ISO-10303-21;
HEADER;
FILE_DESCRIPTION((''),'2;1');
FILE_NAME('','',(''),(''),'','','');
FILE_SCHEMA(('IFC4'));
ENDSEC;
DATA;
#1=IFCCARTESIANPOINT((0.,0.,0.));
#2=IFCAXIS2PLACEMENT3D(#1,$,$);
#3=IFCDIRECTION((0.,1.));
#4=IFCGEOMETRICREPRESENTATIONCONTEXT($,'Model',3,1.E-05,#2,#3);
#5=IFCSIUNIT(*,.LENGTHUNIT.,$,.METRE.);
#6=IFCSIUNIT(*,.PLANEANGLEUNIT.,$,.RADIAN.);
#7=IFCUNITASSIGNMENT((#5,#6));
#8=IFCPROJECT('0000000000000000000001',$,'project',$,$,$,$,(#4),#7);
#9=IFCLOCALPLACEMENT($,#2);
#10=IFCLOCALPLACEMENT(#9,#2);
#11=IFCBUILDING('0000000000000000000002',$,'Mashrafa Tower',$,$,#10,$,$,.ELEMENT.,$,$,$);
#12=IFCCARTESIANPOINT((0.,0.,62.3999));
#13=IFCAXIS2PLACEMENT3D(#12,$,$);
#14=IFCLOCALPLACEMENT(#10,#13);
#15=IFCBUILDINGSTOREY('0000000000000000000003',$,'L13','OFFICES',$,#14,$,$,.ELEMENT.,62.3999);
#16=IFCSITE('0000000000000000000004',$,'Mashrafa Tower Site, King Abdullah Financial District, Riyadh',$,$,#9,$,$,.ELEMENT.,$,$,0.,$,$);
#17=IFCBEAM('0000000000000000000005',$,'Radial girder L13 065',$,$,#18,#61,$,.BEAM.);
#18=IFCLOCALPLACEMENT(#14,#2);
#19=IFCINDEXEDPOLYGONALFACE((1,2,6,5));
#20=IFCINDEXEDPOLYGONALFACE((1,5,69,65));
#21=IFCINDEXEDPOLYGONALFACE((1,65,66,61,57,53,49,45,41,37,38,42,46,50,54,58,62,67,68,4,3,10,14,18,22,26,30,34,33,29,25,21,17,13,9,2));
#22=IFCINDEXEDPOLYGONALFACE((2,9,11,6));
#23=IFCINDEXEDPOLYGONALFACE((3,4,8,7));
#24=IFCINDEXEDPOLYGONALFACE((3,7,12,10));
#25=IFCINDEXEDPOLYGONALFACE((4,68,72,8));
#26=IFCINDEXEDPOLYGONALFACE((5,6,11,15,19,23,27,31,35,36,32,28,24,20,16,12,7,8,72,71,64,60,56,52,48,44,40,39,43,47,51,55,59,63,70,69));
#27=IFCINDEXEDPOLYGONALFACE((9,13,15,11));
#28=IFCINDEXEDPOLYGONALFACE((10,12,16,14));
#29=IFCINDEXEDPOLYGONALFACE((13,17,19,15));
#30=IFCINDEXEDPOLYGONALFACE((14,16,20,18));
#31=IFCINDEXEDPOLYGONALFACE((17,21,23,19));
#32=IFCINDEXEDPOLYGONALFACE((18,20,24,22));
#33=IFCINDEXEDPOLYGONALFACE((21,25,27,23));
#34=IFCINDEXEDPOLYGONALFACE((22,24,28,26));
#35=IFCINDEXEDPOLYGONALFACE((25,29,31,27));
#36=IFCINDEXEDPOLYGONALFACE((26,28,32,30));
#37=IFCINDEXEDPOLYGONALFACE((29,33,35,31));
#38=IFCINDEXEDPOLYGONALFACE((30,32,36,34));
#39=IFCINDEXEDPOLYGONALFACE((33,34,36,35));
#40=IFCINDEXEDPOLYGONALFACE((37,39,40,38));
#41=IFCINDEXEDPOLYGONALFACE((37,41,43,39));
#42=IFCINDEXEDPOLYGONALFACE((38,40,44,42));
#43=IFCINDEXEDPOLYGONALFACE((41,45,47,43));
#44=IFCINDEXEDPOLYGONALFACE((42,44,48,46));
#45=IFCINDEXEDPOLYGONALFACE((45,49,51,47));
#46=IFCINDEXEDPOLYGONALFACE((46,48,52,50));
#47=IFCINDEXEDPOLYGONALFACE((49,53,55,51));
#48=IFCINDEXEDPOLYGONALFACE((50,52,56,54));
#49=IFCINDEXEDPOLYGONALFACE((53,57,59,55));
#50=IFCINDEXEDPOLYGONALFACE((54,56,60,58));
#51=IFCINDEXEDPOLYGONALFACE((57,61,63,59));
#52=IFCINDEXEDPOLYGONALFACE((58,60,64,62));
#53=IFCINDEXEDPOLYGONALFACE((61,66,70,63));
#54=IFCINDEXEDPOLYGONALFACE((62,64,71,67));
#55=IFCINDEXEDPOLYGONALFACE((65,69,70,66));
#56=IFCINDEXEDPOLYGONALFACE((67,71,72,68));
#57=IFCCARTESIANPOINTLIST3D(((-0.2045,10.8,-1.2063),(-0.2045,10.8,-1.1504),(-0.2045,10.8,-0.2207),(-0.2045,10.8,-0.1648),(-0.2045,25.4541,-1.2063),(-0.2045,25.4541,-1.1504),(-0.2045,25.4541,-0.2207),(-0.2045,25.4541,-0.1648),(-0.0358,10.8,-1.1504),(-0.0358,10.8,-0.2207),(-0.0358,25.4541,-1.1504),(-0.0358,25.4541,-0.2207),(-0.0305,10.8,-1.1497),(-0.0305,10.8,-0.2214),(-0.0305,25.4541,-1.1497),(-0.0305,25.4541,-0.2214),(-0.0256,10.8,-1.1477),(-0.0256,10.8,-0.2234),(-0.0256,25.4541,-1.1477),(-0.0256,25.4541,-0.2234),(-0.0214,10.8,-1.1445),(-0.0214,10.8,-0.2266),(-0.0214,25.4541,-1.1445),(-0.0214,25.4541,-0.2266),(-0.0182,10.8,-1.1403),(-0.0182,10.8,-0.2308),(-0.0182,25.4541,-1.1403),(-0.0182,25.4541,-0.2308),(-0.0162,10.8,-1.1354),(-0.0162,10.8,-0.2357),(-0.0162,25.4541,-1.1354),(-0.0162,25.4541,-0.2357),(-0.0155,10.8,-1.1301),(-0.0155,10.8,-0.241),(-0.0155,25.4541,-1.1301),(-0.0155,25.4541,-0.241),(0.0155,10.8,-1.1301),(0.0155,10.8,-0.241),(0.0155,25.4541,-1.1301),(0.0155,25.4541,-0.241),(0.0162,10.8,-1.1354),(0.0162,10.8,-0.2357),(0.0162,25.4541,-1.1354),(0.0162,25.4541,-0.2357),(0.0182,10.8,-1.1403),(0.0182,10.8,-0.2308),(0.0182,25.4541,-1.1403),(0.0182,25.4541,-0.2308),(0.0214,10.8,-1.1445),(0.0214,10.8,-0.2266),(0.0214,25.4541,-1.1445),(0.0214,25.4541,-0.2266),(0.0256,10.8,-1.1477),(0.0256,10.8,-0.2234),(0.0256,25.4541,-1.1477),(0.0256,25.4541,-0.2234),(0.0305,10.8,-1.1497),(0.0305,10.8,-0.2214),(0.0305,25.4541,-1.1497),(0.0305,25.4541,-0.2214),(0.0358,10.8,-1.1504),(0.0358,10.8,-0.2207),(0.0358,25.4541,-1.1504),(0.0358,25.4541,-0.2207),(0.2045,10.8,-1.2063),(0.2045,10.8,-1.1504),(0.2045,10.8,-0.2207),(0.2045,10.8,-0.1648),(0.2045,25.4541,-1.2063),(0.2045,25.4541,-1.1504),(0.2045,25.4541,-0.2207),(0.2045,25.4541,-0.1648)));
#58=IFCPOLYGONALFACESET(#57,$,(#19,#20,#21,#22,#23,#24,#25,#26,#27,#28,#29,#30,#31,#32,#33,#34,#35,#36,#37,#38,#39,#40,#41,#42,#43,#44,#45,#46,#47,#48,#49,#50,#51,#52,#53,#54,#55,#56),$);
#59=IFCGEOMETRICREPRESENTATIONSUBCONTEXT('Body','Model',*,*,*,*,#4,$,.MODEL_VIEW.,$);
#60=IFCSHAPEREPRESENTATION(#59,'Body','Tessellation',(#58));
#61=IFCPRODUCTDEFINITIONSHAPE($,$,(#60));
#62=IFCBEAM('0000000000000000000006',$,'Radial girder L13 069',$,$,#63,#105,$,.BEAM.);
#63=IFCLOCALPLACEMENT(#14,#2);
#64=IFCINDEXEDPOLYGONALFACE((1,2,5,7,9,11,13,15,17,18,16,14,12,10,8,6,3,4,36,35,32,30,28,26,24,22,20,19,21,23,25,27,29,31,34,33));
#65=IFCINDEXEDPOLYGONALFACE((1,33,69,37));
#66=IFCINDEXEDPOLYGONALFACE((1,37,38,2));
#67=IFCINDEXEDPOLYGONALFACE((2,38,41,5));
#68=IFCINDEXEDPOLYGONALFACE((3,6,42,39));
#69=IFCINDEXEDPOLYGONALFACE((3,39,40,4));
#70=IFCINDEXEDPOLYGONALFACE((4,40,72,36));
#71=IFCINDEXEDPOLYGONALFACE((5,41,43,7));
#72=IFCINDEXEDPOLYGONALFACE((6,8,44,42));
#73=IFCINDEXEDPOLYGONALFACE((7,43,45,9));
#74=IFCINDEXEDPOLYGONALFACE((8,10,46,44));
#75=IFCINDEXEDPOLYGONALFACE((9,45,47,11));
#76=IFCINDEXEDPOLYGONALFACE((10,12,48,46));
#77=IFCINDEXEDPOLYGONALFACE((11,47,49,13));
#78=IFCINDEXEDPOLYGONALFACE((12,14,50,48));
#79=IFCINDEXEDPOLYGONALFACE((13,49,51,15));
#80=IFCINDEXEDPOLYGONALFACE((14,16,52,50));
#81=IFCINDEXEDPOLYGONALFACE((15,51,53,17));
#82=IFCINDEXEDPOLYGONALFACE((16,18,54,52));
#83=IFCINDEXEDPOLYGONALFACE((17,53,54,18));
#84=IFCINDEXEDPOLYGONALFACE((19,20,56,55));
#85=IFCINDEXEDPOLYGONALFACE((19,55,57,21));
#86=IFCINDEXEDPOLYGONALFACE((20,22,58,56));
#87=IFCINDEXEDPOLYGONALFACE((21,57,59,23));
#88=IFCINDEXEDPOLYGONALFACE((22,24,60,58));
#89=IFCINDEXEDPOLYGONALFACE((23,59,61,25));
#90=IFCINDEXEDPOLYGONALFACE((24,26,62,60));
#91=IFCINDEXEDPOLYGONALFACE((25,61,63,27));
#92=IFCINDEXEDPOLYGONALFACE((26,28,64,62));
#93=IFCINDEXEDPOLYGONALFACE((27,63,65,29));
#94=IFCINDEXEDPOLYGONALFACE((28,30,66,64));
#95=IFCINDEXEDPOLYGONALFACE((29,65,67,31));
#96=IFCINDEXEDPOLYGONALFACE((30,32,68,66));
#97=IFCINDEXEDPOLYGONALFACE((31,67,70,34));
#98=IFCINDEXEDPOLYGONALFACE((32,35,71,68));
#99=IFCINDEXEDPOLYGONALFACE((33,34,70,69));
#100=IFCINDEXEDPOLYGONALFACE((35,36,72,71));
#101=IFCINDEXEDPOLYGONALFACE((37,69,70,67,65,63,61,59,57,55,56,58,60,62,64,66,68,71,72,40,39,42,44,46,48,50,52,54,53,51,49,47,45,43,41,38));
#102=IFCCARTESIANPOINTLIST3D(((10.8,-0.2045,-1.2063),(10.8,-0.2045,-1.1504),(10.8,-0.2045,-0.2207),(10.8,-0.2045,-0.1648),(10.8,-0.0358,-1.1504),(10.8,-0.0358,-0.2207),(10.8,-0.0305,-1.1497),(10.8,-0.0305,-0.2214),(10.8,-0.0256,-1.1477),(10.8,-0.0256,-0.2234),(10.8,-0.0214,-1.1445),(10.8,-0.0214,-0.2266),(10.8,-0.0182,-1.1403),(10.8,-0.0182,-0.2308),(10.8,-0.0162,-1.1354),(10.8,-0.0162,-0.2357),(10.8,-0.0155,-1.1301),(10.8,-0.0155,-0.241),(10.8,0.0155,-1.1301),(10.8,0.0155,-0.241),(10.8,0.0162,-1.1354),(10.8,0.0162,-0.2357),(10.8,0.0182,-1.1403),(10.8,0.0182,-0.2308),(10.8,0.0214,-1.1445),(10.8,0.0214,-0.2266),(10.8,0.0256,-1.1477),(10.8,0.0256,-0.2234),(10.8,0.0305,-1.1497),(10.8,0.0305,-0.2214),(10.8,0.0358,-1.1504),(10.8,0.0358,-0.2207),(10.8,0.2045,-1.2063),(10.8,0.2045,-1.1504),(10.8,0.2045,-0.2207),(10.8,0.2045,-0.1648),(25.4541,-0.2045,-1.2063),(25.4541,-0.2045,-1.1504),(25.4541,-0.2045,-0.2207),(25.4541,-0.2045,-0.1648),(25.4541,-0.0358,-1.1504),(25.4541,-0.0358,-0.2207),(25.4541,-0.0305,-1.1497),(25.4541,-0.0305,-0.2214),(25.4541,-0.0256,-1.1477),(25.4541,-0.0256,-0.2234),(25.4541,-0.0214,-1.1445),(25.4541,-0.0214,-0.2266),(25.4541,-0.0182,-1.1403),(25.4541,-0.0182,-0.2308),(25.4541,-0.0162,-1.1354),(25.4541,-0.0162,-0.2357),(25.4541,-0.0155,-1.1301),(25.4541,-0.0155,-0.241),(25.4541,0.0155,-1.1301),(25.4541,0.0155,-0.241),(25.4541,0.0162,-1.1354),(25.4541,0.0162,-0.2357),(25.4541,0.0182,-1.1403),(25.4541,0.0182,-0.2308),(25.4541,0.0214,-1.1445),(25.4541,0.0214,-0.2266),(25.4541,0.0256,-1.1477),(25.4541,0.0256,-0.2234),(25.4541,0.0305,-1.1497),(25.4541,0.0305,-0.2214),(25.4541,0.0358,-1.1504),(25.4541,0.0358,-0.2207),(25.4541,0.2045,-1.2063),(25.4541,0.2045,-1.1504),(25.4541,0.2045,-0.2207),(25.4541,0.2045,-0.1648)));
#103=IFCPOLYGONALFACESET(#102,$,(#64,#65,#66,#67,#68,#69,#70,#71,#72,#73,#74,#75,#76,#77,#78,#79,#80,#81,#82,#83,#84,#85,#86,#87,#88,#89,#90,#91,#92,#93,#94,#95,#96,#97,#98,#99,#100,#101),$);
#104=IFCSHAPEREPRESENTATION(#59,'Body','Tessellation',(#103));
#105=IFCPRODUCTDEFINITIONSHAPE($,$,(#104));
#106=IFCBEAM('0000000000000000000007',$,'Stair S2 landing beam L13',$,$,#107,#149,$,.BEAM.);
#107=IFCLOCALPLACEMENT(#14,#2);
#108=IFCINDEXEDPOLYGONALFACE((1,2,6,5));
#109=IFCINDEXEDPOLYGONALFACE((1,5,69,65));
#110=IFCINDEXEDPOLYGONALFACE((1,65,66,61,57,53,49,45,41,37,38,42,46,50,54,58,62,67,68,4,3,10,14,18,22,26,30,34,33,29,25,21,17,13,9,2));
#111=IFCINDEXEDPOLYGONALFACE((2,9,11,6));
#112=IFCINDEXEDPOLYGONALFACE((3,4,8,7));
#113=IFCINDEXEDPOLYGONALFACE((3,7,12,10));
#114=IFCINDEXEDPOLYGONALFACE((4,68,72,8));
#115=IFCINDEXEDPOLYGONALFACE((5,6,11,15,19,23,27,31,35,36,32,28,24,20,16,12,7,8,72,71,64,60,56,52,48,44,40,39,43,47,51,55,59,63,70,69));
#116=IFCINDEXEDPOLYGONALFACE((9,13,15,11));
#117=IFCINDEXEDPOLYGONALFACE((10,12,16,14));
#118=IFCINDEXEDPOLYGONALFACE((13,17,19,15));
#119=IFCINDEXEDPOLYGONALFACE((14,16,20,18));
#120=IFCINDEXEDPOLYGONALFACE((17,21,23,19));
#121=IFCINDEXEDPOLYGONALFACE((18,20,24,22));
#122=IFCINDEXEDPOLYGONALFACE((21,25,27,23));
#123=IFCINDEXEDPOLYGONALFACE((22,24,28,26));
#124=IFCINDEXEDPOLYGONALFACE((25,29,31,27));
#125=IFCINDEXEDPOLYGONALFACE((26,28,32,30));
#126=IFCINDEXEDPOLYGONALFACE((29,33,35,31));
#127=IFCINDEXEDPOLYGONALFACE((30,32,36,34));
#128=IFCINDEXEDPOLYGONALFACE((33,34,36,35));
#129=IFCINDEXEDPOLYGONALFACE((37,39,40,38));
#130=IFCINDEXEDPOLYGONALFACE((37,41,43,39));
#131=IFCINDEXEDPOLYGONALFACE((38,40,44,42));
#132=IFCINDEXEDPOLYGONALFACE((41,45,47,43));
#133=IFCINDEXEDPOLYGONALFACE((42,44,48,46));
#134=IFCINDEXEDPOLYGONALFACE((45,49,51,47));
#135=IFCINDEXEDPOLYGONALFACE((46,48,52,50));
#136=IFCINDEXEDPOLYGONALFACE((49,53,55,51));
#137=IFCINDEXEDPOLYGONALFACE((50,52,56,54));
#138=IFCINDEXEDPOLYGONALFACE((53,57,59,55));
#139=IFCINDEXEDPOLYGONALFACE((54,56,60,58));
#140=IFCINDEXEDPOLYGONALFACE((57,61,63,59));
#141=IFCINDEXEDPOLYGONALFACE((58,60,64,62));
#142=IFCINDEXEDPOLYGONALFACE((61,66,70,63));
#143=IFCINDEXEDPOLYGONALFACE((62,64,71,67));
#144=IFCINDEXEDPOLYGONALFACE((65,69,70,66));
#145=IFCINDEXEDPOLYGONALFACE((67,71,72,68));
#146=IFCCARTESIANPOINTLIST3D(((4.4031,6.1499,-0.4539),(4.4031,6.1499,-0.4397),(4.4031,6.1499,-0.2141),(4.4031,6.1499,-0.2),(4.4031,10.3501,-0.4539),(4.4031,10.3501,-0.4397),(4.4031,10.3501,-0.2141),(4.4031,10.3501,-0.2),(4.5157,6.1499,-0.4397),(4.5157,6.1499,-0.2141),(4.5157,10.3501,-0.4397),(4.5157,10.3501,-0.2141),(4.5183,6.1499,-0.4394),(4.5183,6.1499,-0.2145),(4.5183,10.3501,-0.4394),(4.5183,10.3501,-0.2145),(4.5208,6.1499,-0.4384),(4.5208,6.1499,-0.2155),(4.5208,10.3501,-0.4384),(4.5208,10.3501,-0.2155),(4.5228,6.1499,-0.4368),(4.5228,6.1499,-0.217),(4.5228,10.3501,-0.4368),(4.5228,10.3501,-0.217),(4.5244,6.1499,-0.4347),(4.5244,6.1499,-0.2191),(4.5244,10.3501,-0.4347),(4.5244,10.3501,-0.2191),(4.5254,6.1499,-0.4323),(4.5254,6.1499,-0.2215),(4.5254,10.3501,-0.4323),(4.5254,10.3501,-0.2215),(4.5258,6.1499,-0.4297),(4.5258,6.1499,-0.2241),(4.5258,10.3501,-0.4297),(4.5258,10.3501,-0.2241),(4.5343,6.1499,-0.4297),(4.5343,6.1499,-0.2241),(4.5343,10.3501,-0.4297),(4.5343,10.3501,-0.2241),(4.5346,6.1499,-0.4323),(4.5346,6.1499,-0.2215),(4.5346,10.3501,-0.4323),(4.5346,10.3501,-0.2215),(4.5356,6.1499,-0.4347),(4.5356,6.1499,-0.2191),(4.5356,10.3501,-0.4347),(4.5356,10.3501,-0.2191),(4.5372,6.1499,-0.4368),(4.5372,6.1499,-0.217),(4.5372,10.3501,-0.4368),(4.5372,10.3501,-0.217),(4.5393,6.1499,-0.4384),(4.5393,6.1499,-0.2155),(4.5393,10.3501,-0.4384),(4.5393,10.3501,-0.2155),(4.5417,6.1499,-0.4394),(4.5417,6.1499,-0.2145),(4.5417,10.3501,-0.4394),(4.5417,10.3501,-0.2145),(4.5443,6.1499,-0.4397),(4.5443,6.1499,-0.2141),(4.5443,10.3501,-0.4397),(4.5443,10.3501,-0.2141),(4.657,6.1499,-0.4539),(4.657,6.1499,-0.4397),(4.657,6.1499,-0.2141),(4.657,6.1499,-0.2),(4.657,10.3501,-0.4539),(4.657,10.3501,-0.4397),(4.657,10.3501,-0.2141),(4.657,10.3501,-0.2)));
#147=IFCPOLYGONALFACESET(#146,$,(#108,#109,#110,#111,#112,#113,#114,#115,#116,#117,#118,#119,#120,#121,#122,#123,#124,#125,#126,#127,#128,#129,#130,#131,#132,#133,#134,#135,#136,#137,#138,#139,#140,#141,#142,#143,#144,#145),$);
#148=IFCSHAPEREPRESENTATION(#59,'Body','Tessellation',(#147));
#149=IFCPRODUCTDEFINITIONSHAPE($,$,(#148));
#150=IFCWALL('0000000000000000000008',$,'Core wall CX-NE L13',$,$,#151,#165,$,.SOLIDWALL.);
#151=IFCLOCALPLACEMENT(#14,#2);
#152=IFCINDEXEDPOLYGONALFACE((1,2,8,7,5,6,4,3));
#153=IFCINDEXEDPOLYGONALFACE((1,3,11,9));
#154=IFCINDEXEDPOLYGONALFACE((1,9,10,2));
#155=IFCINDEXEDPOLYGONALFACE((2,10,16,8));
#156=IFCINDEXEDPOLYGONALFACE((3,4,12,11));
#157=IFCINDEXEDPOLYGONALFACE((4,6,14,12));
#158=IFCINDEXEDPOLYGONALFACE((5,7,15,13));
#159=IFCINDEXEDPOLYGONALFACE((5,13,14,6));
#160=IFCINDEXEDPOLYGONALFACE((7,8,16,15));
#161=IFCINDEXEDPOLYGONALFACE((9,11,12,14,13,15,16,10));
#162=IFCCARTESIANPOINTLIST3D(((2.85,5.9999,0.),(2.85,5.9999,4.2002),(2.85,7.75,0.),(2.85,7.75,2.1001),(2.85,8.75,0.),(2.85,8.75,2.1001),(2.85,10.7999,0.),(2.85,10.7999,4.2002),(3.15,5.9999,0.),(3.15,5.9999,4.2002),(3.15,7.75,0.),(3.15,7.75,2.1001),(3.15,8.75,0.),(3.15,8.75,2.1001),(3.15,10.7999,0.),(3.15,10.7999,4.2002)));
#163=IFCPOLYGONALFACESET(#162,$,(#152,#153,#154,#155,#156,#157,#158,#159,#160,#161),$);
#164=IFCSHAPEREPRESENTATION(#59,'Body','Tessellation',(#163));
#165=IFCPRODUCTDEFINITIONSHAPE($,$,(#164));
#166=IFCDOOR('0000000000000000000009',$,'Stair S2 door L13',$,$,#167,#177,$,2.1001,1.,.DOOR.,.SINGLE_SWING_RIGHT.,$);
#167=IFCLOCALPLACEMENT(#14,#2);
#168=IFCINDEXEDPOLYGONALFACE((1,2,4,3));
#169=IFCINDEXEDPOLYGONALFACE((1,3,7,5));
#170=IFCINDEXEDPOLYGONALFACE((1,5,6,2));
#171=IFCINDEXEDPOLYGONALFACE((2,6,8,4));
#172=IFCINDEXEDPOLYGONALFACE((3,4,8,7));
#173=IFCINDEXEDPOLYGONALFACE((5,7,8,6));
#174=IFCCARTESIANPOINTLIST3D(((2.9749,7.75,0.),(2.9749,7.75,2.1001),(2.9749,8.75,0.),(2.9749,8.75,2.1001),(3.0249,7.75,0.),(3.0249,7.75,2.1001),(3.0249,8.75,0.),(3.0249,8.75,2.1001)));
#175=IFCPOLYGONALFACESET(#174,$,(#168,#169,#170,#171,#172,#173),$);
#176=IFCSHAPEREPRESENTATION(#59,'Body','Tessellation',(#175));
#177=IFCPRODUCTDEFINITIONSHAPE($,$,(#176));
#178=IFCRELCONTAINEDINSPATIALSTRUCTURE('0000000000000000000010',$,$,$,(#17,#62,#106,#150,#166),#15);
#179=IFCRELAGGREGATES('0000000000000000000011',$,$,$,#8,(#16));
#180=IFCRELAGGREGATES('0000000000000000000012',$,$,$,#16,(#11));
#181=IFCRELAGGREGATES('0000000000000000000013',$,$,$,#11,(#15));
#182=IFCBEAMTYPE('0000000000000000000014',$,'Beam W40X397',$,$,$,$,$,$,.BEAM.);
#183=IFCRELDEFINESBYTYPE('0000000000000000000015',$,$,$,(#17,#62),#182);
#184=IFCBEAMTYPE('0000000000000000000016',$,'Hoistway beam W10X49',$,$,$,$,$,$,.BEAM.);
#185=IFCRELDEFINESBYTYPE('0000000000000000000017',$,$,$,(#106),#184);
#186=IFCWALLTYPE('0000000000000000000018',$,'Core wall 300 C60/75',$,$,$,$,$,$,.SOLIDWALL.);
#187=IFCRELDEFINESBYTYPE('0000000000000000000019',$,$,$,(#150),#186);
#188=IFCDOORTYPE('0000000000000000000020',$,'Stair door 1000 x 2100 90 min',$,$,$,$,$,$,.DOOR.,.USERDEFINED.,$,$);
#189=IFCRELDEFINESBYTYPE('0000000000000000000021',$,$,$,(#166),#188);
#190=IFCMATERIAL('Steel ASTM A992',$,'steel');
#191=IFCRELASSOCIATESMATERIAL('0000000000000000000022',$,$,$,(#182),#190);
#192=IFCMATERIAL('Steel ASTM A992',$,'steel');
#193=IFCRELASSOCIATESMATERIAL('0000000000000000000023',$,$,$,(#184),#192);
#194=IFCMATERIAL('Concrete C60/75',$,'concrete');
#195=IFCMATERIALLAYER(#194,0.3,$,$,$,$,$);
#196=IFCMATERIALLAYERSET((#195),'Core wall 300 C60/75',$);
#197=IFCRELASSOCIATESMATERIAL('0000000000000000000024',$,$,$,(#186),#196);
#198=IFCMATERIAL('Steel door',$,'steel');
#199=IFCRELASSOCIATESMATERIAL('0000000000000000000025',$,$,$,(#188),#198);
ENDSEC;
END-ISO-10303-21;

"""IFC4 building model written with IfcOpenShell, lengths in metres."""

from ifc_helpers import new_model, si_unit, direction, frame, frame_2d, origin, origin_2d, place, context, subcontext, project, spatial, rectangle, i_section, extrude, material, layer, layer_set, material_profile, profile_set, type_object, element, fill, save


model = new_model("IFC4")

# Units and contexts
model_context = context("Model", 3, precision=1e-05, world=origin(), true_north=direction((0.0, 1.0)))
body_context = subcontext(model_context, "Body", "Model", "MODEL_VIEW")
ifc_project = project(units=[si_unit("LENGTHUNIT", "METRE"), si_unit("PLANEANGLEUNIT", "RADIAN")], contexts=[model_context])

# Site, building, storey
site_placement = place(None, origin())
site = spatial("IfcSite", under=ifc_project, at=site_placement, Name="Mashrafa Tower Site, King Abdullah Financial District, Riyadh", CompositionType="ELEMENT", RefElevation=0.0)
building_placement = place(site_placement, origin())
building = spatial("IfcBuilding", under=site, at=building_placement, Name="Mashrafa Tower", CompositionType="ELEMENT")
storey_placement = place(building_placement, frame((0.0, 0.0, 62.3999)))
storey = spatial("IfcBuildingStorey", under=building, at=storey_placement, Name="L13", Description="OFFICES", CompositionType="ELEMENT", Elevation=62.3999)

# Beams
ifc_material_1 = material(Name="Steel ASTM A992", Category="steel")
ifc_material_profile_1 = material_profile(ifc_material_1, i_section(OverallWidth=0.4089, OverallDepth=1.0415, WebThickness=0.031, FlangeThickness=0.0559, FilletRadius=0.0203, at=origin_2d()), Name="W40X397")
ifc_profile_set_1 = profile_set([ifc_material_profile_1], Name="Steel ASTM A992")
beam_type_1 = type_object("IfcBeamType", Name="Beam W40X397", PredefinedType="BEAM", material=ifc_profile_set_1)
for number, where, z_axis, x_axis, name in (
    (1, (0.0, 10.8, -0.6855), (0.0, 1.0, 0.0), (-1.0, 0.0, 0.0), "Radial girder L13 065"),
    (2, (10.8, 0.0, -0.6855), (1.0, 0.0, 0.0), (0.0, 1.0, 0.0), "Radial girder L13 069"),
):
    element("IfcBeam", number, at=place(storey_placement, frame(where, z_axis=z_axis, x_axis=x_axis)), inside=storey, type_object=beam_type_1, Name=name, PredefinedType="BEAM", context=body_context, shape_type="SweptSolid", body=[
        extrude(i_section(OverallWidth=0.4089, OverallDepth=1.0415, WebThickness=0.031, FlangeThickness=0.0559, FilletRadius=0.0203, at=origin_2d()), origin(), (0.0, 0.0, 1.0), 14.6541),
    ])
ifc_material_2 = material(Name="Steel ASTM A992", Category="steel")
ifc_material_profile_2 = material_profile(ifc_material_2, i_section(OverallWidth=0.2539, OverallDepth=0.2539, WebThickness=0.0085, FlangeThickness=0.0142, FilletRadius=0.01, at=origin_2d()), Name="W10X49")
ifc_profile_set_2 = profile_set([ifc_material_profile_2], Name="Steel ASTM A992")
beam_type_2 = type_object("IfcBeamType", Name="Hoistway beam W10X49", PredefinedType="BEAM", material=ifc_profile_set_2)
beam_1_placement = place(storey_placement, frame((4.53, 6.1499, -0.3269), z_axis=(0.0, 1.0, 0.0), x_axis=(-1.0, 0.0, 0.0)))
element("IfcBeam", 3, at=beam_1_placement, inside=storey, type_object=beam_type_2, Name="Stair S2 landing beam L13", PredefinedType="BEAM", context=body_context, shape_type="SweptSolid", body=[
    extrude(i_section(OverallWidth=0.2539, OverallDepth=0.2539, WebThickness=0.0085, FlangeThickness=0.0142, FilletRadius=0.01, at=origin_2d()), origin(), (0.0, 0.0, 1.0), 4.2002),
])

# Wall, opening, door
ifc_material_3 = material(Name="Concrete C60/75", Category="concrete")
ifc_layer_1 = layer(ifc_material_3, 0.3)
ifc_layer_set_1 = layer_set([ifc_layer_1], Name="Core wall 300 C60/75")
wall_type_1 = type_object("IfcWallType", Name="Core wall 300 C60/75", PredefinedType="SOLIDWALL", material=ifc_layer_set_1)
wall_1_placement = place(storey_placement, frame((3.0, 6.0, 0.0), z_axis=(0.0, 0.0, 1.0), x_axis=(0.0, 1.0, 0.0)))
wall_1 = element("IfcWall", 4, at=wall_1_placement, inside=storey, type_object=wall_type_1, Name="Core wall CX-NE L13", PredefinedType="SOLIDWALL", context=body_context, shape_type="SweptSolid", body=[
    extrude(rectangle(XDim=4.8, YDim=0.3, at=frame_2d((2.3999, 0.0))), origin(), (0.0, 0.0, 1.0), 4.2002),
])
opening_1_placement = place(wall_1_placement, frame((1.75, 0.0, 0.0)))
opening_1 = element("IfcOpeningElement", 5, at=opening_1_placement, cuts=wall_1, PredefinedType="OPENING", context=body_context, shape_type="SweptSolid", body=[
    extrude(rectangle(XDim=1.0, YDim=2.1001, at=frame_2d((0.5, 1.05))), frame((0.0, 0.1599, 0.0), z_axis=(0.0, -1.0, 0.0), x_axis=(1.0, 0.0, 0.0)), (0.0, 0.0, 1.0), 0.3201),
])
ifc_material_4 = material(Name="Steel door", Category="steel")
door_type_1 = type_object("IfcDoorType", Name="Stair door 1000 x 2100 90 min", OperationType="USERDEFINED", PredefinedType="DOOR", material=ifc_material_4)
door_1_placement = place(opening_1_placement, frame((1.0, 0.0, 0.0), z_axis=(0.0, 0.0, 1.0), x_axis=(-1.0, 0.0, 0.0)))
door_1 = element("IfcDoor", 6, at=door_1_placement, inside=storey, type_object=door_type_1, Name="Stair S2 door L13", OperationType="SINGLE_SWING_RIGHT", OverallHeight=2.1001, OverallWidth=1.0, PredefinedType="DOOR", context=body_context, shape_type="SweptSolid", body=[
    extrude(rectangle(XDim=1.0, YDim=2.1001, at=frame_2d((0.5, 1.05))), frame((0.0, 0.0249, 0.0), z_axis=(0.0, -1.0, 0.0), x_axis=(1.0, 0.0, 0.0)), (0.0, 0.0, 1.0), 0.05),
])
fill(opening_1, door_1)

save(model, "model.ifc")
